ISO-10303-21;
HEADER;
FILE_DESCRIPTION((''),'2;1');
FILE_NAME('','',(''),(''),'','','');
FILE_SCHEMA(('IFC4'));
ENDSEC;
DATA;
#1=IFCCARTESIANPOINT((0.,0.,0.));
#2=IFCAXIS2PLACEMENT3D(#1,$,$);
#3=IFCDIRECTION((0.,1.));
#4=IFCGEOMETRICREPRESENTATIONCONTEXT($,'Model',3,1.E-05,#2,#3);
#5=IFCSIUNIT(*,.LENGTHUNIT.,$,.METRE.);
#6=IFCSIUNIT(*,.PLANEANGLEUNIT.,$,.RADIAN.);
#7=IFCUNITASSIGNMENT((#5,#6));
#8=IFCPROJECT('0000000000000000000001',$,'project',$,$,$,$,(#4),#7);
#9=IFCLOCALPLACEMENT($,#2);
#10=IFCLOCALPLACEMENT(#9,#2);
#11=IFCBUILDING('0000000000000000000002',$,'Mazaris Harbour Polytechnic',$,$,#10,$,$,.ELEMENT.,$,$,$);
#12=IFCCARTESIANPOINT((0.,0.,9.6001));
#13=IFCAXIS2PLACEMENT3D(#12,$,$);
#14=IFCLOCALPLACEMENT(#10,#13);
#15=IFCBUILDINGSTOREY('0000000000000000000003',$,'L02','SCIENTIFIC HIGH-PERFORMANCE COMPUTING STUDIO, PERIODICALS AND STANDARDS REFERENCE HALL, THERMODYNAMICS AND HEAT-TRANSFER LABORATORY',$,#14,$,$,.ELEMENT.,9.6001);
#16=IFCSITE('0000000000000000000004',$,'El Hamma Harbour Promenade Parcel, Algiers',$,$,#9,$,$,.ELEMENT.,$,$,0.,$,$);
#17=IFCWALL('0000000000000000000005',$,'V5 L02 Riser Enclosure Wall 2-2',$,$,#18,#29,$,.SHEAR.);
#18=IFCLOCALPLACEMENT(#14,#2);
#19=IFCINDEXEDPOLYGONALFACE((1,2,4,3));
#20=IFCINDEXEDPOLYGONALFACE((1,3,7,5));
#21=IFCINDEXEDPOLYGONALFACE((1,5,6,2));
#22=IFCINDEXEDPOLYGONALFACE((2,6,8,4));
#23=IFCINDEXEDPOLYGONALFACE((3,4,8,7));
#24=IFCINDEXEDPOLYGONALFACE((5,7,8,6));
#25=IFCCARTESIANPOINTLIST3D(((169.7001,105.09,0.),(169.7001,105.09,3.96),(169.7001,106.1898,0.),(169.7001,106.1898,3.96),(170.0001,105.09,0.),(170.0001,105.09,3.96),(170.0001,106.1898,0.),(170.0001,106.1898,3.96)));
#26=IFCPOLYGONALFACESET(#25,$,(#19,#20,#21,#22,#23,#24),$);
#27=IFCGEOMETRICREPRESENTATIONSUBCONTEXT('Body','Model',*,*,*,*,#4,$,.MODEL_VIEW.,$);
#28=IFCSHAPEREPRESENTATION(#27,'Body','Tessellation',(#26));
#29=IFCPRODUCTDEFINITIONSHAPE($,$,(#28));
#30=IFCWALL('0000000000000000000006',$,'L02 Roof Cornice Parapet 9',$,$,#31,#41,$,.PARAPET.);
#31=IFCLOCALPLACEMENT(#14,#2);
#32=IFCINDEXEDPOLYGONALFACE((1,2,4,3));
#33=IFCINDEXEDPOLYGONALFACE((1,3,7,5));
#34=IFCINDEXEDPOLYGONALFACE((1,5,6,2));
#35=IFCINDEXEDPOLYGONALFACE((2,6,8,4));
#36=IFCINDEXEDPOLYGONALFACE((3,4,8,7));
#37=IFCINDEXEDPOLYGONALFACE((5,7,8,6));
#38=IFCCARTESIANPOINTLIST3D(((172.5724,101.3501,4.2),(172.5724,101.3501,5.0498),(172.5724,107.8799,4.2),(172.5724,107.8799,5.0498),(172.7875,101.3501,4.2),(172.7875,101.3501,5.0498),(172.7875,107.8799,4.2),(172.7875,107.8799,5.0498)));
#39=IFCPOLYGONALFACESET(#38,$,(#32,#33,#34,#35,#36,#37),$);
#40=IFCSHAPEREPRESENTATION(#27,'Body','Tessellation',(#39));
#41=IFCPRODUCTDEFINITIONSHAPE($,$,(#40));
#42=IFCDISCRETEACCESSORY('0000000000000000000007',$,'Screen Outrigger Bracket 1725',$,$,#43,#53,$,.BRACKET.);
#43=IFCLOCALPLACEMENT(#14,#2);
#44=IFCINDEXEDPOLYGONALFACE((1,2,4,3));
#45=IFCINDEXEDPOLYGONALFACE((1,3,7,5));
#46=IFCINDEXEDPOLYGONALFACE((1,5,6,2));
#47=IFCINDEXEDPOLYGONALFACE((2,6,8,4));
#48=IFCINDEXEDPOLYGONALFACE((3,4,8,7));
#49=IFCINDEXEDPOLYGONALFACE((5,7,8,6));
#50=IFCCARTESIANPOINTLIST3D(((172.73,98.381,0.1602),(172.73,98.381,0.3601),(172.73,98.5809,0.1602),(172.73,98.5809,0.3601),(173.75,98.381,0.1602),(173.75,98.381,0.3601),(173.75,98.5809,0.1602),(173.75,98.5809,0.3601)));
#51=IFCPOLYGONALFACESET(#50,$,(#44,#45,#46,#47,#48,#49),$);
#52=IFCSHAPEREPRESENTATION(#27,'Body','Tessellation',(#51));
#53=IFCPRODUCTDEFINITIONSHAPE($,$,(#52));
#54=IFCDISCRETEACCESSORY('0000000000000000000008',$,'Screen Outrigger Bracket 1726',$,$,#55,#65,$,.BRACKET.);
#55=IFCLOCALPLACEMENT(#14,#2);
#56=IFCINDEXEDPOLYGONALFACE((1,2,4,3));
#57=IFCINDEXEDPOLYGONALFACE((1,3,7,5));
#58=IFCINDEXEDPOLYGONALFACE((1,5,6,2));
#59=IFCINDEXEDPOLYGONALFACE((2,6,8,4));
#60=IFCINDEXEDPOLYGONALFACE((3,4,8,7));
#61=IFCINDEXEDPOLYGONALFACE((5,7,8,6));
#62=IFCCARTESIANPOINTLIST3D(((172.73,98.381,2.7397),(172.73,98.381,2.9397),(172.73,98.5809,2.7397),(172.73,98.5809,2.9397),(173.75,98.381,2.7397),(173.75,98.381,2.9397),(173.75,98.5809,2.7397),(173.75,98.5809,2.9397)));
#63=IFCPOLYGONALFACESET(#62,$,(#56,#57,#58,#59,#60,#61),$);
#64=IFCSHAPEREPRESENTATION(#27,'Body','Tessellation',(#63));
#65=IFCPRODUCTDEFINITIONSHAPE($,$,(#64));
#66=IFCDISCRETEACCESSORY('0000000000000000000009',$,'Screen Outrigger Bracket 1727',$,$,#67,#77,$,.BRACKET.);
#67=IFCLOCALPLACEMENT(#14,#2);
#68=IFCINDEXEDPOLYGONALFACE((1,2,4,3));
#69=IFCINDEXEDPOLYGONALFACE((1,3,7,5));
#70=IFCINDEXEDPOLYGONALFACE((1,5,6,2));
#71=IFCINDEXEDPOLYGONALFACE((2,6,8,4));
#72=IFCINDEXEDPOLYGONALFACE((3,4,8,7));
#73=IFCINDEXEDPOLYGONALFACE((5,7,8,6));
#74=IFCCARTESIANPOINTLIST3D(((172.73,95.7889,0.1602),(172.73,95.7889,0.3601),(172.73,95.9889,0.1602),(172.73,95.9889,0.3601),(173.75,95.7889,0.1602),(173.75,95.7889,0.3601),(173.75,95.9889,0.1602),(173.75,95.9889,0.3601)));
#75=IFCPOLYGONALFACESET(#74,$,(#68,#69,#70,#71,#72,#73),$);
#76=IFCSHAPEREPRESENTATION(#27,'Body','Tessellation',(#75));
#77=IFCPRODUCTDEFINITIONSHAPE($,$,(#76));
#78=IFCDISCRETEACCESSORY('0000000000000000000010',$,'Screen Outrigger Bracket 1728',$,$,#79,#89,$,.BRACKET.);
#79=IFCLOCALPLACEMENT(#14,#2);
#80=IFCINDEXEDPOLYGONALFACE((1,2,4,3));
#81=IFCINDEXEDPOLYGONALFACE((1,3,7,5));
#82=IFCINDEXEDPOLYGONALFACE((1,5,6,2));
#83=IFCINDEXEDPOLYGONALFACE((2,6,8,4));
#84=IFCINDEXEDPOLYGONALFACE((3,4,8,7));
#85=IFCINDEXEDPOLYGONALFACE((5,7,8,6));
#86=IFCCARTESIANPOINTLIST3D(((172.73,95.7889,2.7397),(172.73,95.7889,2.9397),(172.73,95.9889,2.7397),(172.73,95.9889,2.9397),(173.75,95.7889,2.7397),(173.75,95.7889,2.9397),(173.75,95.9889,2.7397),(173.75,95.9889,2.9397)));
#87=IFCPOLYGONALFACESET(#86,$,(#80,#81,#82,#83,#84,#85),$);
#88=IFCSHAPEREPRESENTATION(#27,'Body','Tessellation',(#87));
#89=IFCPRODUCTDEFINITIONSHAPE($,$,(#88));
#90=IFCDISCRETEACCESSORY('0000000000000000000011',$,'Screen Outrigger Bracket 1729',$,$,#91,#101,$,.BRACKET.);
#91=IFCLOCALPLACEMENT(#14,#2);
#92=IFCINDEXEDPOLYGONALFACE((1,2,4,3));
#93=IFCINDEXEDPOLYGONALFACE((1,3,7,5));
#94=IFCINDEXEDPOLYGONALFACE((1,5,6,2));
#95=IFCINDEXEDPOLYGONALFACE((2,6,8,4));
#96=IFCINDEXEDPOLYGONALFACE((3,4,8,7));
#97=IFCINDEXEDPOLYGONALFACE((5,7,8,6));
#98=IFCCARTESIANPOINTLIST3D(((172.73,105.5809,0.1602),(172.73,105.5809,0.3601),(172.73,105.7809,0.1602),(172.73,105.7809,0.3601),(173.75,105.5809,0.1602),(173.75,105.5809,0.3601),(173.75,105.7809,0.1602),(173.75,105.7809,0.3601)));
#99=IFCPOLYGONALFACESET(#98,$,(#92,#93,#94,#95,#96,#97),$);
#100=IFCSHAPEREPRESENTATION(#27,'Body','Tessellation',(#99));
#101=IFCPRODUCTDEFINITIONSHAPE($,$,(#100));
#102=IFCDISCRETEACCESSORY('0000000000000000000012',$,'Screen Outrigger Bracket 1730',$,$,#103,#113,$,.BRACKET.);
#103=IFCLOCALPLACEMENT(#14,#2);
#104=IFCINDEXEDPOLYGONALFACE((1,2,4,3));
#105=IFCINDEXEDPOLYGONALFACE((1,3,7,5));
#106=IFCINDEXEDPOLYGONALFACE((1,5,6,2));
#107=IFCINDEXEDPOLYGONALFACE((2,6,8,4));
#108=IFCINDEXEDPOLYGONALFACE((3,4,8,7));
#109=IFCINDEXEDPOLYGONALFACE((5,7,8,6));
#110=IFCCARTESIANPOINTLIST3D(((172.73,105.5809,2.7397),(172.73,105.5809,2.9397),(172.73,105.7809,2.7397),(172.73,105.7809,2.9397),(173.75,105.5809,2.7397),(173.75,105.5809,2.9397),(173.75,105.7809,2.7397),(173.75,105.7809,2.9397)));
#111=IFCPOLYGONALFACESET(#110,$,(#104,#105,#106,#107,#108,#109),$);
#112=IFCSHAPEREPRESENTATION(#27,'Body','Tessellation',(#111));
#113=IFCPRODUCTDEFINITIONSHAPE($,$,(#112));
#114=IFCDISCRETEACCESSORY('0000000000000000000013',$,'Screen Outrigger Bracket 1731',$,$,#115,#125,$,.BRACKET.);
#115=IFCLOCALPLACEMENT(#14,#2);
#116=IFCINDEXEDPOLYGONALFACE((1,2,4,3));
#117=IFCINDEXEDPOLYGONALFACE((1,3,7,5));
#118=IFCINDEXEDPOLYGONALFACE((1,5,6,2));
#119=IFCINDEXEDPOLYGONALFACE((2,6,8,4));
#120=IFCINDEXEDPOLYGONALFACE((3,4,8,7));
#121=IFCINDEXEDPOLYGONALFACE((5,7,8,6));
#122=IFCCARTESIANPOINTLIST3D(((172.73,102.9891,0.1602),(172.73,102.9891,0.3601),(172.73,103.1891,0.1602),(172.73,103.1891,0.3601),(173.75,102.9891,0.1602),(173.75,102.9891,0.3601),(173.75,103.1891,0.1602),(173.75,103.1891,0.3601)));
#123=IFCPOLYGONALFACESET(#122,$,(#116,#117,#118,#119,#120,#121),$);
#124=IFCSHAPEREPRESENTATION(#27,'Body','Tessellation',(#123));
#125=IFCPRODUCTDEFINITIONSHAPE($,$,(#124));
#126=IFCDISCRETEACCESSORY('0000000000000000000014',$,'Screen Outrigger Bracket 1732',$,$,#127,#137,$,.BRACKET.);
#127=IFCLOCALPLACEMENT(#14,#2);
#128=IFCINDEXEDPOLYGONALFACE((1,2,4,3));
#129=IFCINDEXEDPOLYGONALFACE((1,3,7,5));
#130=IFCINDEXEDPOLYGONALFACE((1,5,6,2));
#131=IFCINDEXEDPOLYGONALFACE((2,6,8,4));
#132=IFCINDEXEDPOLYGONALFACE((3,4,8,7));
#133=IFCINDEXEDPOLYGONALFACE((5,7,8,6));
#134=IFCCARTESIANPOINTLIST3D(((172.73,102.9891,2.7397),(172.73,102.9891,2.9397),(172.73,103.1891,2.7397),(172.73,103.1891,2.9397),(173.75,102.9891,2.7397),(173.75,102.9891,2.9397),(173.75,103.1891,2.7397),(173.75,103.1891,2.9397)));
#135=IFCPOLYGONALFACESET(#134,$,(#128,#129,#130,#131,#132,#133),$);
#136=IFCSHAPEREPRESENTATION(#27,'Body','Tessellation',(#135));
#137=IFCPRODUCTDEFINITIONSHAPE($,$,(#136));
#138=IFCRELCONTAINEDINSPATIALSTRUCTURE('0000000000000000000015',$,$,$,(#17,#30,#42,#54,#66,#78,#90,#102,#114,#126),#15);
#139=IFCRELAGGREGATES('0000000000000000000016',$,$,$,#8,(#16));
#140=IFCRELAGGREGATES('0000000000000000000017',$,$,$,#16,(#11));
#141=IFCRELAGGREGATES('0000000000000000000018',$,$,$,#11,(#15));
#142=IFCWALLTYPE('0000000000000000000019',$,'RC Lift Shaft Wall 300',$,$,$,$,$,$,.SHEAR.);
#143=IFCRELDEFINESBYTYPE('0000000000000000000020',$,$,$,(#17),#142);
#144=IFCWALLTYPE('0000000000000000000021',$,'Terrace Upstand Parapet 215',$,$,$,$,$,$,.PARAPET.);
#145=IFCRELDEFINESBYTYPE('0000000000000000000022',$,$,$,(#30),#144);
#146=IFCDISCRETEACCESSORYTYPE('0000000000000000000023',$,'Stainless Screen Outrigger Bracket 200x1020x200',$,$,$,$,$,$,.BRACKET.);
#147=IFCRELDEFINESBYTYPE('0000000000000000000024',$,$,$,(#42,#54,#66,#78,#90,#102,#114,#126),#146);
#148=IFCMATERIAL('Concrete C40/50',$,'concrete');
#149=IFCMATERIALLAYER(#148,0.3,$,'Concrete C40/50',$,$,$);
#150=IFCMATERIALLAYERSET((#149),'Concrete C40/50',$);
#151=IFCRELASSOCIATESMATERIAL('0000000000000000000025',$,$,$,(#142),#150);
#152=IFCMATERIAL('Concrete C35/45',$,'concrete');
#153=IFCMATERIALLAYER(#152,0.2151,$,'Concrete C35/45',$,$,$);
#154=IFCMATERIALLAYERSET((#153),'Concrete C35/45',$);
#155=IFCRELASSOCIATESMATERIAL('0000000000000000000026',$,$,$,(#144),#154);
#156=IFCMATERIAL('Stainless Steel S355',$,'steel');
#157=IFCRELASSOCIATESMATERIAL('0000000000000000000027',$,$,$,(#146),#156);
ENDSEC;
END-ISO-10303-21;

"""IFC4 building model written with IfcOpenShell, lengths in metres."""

from ifc_helpers import new_model, si_unit, direction, frame, frame_2d, origin, origin_2d, place, context, subcontext, project, spatial, rectangle, extrude, material, layer, layer_set, type_object, element, save


model = new_model("IFC4")

# Units and contexts
model_context = context("Model", 3, precision=1e-05, world=origin(), true_north=direction((0.0, 1.0)))
body_context = subcontext(model_context, "Body", "Model", "MODEL_VIEW")
ifc_project = project(units=[si_unit("LENGTHUNIT", "METRE"), si_unit("PLANEANGLEUNIT", "RADIAN")], contexts=[model_context])

# Site, building, storey
site_placement = place(None, origin())
site = spatial("IfcSite", under=ifc_project, at=site_placement, Name="El Hamma Harbour Promenade Parcel, Algiers", CompositionType="ELEMENT", RefElevation=0.0)
building_placement = place(site_placement, origin())
building = spatial("IfcBuilding", under=site, at=building_placement, Name="Mazaris Harbour Polytechnic", CompositionType="ELEMENT")
storey_placement = place(building_placement, frame((0.0, 0.0, 9.6001)))
storey = spatial("IfcBuildingStorey", under=building, at=storey_placement, Name="L02", Description="SCIENTIFIC HIGH-PERFORMANCE COMPUTING STUDIO, PERIODICALS AND STANDARDS REFERENCE HALL, THERMODYNAMICS AND HEAT-TRANSFER LABORATORY", CompositionType="ELEMENT", Elevation=9.6001)

# Walls
ifc_material_1 = material(Name="Concrete C40/50", Category="concrete")
ifc_layer_1 = layer(ifc_material_1, 0.3, Name="Concrete C40/50")
ifc_layer_set_1 = layer_set([ifc_layer_1], Name="Concrete C40/50")
wall_type_1 = type_object("IfcWallType", Name="RC Lift Shaft Wall 300", PredefinedType="SHEAR", material=ifc_layer_set_1)
wall_1_placement = place(storey_placement, frame((169.8501, 105.0901, 0.0), z_axis=(0.0, 0.0, 1.0), x_axis=(0.0, 1.0, 0.0)))
element("IfcWall", 1, at=wall_1_placement, inside=storey, type_object=wall_type_1, Name="V5 L02 Riser Enclosure Wall 2-2", PredefinedType="SHEAR", context=body_context, shape_type="SweptSolid", body=[
    extrude(rectangle(XDim=1.0999, YDim=0.3, at=frame_2d((0.5498, 0.0))), origin(), (0.0, 0.0, 1.0), 3.96),
])
ifc_material_2 = material(Name="Concrete C35/45", Category="concrete")
ifc_layer_2 = layer(ifc_material_2, 0.2151, Name="Concrete C35/45")
ifc_layer_set_2 = layer_set([ifc_layer_2], Name="Concrete C35/45")
wall_type_2 = type_object("IfcWallType", Name="Terrace Upstand Parapet 215", PredefinedType="PARAPET", material=ifc_layer_set_2)
wall_2_placement = place(storey_placement, frame((172.6799, 101.3501, 4.2), z_axis=(0.0, 0.0, 1.0), x_axis=(0.0, 1.0, 0.0)))
element("IfcWall", 2, at=wall_2_placement, inside=storey, type_object=wall_type_2, Name="L02 Roof Cornice Parapet 9", PredefinedType="PARAPET", context=body_context, shape_type="SweptSolid", body=[
    extrude(rectangle(XDim=6.5298, YDim=0.2151, at=frame_2d((3.2649, 0.0))), origin(), (0.0, 0.0, 1.0), 0.8499),
])

# Discrete accessories
ifc_material_3 = material(Name="Stainless Steel S355", Category="steel")
discrete_accessory_type = type_object("IfcDiscreteAccessoryType", Name="Stainless Screen Outrigger Bracket 200x1020x200", PredefinedType="BRACKET", material=ifc_material_3)
for number, where, z_axis, x_axis, name in (
    (3, (173.24, 98.481, 0.1602), (0.0, 0.0, 1.0), (0.0, -1.0, 0.0), "Screen Outrigger Bracket 1725"),
    (4, (173.24, 98.481, 2.7397), (0.0, 0.0, 1.0), (0.0, -1.0, 0.0), "Screen Outrigger Bracket 1726"),
    (5, (173.24, 95.8889, 0.1602), (0.0, 0.0, 1.0), (0.0, -1.0, 0.0), "Screen Outrigger Bracket 1727"),
    (6, (173.24, 95.8889, 2.7397), (0.0, 0.0, 1.0), (0.0, -1.0, 0.0), "Screen Outrigger Bracket 1728"),
    (7, (173.24, 105.6809, 0.1602), (0.0, 0.0, 1.0), (0.0, -1.0, 0.0), "Screen Outrigger Bracket 1729"),
    (8, (173.24, 105.6809, 2.7397), (0.0, 0.0, 1.0), (0.0, -1.0, 0.0), "Screen Outrigger Bracket 1730"),
    (9, (173.24, 103.0891, 0.1602), (0.0, 0.0, 1.0), (0.0, -1.0, 0.0), "Screen Outrigger Bracket 1731"),
    (10, (173.24, 103.0891, 2.7397), (0.0, 0.0, 1.0), (0.0, -1.0, 0.0), "Screen Outrigger Bracket 1732"),
):
    element("IfcDiscreteAccessory", number, at=place(storey_placement, frame(where, z_axis=z_axis, x_axis=x_axis)), inside=storey, type_object=discrete_accessory_type, Name=name, PredefinedType="BRACKET", context=body_context, shape_type="SweptSolid", body=[
        extrude(rectangle(XDim=0.2, YDim=1.02, at=origin_2d()), origin(), (0.0, 0.0, 1.0), 0.2),
    ])

save(model, "model.ifc")
